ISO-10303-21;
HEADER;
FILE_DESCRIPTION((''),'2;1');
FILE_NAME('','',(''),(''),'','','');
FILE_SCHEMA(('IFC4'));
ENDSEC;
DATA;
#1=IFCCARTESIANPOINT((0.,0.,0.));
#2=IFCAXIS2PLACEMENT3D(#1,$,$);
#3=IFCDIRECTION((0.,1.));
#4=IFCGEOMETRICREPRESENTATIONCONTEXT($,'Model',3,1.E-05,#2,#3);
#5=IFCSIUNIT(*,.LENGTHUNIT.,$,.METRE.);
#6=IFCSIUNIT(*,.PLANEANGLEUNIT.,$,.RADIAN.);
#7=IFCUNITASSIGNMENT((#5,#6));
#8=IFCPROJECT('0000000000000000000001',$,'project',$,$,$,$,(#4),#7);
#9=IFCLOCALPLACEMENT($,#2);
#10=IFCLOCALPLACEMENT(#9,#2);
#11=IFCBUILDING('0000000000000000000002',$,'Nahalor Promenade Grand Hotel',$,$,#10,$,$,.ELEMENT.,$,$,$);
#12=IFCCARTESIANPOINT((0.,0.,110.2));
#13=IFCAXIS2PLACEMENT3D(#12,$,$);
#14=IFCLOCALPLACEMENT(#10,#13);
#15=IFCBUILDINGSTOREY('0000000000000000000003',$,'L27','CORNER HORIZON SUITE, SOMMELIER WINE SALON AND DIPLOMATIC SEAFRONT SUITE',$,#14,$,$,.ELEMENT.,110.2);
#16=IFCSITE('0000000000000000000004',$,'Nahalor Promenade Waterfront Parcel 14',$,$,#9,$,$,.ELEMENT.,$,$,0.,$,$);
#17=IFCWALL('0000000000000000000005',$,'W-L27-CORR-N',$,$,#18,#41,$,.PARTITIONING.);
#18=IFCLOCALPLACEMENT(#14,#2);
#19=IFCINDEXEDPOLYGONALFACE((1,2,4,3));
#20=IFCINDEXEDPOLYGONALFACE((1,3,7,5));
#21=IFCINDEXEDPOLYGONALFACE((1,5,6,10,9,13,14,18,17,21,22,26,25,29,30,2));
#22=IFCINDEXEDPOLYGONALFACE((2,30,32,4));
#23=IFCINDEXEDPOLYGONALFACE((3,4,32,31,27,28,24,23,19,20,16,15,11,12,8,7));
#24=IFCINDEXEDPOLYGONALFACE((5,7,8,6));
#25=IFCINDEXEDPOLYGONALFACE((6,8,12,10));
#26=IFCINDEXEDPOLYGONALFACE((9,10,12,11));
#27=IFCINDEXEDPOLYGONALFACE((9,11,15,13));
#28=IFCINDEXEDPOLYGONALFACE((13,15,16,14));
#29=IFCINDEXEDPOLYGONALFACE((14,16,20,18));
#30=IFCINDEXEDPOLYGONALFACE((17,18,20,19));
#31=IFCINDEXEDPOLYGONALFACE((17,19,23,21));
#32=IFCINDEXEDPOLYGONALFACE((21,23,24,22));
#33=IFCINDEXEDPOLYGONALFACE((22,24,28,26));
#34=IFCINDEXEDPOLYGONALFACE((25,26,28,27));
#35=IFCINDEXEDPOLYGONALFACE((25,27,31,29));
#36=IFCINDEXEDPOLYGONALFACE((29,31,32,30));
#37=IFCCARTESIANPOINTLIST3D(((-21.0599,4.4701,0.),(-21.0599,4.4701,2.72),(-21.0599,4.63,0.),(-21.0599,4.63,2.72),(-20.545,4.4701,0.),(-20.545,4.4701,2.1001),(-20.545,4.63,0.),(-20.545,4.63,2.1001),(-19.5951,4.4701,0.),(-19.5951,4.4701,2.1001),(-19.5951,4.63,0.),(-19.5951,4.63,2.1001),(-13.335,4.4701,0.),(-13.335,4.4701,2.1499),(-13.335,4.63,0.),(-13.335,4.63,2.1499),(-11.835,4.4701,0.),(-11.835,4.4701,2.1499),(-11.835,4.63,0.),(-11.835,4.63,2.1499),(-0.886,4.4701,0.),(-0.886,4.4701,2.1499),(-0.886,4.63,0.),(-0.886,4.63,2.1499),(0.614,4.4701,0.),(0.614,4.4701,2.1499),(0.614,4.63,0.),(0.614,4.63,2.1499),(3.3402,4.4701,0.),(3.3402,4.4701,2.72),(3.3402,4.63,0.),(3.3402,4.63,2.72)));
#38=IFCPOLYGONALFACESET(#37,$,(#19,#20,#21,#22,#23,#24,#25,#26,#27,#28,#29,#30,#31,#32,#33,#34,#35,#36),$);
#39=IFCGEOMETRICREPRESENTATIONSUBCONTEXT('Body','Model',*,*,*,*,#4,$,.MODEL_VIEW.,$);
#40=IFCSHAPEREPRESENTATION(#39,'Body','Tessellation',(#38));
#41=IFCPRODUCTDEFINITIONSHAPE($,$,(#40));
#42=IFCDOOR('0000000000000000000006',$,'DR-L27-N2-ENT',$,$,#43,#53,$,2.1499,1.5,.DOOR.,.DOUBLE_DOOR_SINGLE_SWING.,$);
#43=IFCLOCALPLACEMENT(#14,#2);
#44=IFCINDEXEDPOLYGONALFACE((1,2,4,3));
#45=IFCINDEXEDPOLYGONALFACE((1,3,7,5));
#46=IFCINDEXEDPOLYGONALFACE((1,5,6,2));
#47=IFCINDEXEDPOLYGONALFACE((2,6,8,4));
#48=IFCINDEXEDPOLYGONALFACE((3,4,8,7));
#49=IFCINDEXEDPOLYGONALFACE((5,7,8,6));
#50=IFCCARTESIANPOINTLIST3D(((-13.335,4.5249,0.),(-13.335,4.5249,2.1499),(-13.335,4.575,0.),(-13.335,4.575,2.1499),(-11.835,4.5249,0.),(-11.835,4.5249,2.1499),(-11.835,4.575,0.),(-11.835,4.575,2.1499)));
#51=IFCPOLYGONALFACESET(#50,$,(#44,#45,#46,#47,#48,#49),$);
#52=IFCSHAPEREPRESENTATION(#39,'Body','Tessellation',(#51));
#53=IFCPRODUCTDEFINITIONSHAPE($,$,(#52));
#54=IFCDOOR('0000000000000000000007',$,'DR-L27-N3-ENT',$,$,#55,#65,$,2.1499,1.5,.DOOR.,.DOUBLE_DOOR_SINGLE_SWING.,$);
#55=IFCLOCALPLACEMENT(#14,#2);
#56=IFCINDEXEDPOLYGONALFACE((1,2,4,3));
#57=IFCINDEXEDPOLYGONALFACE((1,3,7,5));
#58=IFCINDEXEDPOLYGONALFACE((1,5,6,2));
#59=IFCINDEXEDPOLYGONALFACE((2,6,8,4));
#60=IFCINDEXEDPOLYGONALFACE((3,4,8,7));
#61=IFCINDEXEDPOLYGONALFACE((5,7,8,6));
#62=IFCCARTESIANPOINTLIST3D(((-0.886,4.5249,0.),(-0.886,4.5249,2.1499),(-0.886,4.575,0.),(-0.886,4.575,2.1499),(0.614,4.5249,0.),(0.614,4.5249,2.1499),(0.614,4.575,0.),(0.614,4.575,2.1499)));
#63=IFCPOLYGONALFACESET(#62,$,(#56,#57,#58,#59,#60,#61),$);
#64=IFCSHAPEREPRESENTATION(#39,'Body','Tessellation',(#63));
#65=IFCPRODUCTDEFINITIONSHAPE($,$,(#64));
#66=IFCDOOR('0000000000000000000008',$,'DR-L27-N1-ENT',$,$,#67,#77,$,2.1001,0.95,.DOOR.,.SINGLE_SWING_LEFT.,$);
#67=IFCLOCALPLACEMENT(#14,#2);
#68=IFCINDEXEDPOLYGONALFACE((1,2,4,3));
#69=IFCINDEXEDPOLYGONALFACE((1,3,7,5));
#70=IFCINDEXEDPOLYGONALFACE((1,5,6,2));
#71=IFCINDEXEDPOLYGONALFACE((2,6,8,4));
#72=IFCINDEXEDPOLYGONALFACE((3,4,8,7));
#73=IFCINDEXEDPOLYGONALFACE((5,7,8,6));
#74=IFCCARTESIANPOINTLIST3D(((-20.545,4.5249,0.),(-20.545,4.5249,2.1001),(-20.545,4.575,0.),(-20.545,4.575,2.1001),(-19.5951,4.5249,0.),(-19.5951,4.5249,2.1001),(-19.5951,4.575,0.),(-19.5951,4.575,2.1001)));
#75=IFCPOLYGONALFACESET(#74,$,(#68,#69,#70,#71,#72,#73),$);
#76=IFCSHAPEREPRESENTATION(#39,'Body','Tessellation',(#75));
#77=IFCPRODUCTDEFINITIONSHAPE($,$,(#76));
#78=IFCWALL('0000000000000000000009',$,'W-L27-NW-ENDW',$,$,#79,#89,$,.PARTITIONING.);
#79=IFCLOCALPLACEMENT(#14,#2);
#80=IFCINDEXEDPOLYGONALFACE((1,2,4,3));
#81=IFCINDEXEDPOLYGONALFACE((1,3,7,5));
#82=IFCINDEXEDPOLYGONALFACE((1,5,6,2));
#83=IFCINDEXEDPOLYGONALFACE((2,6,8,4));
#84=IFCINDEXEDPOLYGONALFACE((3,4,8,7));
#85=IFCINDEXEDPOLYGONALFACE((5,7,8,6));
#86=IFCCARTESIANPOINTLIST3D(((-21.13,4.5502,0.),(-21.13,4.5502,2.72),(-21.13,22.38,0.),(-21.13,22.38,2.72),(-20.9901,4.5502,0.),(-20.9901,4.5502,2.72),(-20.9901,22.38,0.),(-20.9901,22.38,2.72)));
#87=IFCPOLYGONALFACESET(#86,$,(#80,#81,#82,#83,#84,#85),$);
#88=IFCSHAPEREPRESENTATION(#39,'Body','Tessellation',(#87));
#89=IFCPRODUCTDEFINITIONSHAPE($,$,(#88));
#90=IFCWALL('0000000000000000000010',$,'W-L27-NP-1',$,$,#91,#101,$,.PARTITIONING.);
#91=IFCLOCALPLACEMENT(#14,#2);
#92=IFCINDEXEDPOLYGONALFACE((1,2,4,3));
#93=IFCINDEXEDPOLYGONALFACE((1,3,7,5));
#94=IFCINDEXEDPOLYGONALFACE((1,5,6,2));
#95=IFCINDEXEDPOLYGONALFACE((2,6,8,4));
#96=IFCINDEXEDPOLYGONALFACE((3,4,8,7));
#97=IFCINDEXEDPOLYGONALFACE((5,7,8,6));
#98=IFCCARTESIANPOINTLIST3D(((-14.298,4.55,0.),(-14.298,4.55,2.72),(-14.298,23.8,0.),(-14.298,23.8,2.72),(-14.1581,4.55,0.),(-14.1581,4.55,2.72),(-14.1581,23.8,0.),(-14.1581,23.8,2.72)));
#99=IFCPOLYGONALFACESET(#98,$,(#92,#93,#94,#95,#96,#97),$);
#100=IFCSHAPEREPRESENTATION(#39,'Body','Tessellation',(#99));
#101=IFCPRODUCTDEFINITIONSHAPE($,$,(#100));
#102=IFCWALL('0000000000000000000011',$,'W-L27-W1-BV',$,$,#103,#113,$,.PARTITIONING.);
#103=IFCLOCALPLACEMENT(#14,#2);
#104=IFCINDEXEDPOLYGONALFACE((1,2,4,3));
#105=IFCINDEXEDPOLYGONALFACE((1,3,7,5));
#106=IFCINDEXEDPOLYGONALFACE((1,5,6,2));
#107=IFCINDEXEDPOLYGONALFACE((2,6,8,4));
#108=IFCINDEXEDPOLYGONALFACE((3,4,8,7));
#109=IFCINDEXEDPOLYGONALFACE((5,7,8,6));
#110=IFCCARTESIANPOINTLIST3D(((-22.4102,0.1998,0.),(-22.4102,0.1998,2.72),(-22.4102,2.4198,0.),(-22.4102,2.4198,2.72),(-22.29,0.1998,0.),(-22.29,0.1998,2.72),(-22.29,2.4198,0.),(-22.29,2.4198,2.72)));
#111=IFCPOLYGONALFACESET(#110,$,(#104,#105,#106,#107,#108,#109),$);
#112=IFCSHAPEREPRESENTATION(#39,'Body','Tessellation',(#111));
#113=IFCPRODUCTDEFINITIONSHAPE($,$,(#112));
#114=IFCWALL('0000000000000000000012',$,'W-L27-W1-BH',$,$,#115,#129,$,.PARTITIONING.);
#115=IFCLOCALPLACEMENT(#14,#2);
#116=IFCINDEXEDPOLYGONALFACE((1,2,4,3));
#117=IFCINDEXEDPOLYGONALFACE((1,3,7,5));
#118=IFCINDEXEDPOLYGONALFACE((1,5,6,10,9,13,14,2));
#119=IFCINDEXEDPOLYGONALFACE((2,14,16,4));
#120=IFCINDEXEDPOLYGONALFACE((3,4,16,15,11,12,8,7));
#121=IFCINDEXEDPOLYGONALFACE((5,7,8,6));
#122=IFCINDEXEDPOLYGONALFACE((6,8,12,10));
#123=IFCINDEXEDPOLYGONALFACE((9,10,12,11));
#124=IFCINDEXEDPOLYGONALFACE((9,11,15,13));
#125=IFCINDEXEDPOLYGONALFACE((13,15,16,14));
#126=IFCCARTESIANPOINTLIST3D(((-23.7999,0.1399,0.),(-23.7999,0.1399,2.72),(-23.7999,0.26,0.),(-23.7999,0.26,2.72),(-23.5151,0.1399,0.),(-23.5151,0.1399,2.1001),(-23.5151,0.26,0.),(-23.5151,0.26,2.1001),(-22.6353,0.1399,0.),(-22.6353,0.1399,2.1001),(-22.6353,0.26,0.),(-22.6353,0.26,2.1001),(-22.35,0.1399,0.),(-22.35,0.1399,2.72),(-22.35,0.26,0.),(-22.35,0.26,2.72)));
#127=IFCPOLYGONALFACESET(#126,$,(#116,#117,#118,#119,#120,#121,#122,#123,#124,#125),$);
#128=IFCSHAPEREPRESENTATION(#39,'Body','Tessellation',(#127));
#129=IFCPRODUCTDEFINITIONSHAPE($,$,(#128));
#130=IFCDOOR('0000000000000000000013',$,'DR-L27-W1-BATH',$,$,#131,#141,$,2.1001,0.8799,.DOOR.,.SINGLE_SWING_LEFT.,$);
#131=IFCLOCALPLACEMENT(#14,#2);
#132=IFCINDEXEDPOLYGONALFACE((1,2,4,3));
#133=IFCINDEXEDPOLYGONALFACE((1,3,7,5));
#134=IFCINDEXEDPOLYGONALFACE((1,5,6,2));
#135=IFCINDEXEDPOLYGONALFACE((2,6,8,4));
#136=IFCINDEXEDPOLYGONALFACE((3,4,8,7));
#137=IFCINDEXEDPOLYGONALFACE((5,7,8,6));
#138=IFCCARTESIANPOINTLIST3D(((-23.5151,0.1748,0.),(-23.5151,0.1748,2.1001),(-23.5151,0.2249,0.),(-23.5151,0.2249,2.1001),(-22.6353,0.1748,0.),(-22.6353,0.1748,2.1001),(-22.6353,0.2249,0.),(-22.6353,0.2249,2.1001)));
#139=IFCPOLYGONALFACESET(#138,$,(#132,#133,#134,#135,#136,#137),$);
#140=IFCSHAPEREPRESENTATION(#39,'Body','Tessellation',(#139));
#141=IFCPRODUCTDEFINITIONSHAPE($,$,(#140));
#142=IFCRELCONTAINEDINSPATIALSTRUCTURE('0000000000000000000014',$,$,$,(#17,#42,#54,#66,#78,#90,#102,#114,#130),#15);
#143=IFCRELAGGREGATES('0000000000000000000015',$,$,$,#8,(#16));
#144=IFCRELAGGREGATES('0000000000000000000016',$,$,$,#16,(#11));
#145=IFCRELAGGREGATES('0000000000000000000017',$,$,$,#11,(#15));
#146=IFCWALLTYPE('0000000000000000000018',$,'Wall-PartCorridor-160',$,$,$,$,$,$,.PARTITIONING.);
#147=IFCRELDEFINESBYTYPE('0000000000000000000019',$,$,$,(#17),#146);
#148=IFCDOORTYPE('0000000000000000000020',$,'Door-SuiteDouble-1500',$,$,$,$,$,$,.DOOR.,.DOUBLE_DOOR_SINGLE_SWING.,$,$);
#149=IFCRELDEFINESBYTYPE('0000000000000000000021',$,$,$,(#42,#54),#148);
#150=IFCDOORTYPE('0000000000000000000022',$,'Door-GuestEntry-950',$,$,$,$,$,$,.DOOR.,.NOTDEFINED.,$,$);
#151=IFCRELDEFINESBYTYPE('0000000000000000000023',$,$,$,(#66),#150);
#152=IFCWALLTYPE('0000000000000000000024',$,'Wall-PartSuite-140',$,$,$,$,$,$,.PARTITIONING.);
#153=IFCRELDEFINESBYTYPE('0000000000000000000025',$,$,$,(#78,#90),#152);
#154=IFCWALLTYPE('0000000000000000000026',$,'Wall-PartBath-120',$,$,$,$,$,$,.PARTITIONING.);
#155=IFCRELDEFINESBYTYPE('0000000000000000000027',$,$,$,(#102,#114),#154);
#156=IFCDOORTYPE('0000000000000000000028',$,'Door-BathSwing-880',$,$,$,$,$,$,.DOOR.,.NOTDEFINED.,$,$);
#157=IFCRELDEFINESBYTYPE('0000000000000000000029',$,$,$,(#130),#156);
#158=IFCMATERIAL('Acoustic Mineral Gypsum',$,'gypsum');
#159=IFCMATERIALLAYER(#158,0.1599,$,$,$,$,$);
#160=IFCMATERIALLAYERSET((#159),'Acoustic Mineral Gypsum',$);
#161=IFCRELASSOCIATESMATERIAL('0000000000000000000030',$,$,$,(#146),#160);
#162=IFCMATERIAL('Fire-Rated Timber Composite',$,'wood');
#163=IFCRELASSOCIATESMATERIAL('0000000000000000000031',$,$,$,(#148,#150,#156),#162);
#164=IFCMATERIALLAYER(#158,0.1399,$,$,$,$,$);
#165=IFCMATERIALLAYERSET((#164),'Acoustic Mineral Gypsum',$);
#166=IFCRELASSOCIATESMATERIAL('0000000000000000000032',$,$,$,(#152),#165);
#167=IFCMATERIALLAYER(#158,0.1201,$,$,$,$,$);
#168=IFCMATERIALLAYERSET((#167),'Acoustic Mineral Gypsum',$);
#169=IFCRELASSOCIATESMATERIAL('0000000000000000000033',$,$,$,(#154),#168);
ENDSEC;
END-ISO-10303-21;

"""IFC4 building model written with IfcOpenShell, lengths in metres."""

from ifc_helpers import new_model, si_unit, direction, frame, frame_2d, origin, place, context, subcontext, project, spatial, rectangle, extrude, source, transform, mapped, material, layer, layer_set, type_object, element, fill, save


model = new_model("IFC4")

# Units and contexts
model_context = context("Model", 3, precision=1e-05, world=origin(), true_north=direction((0.0, 1.0)))
body_context = subcontext(model_context, "Body", "Model", "MODEL_VIEW")
ifc_project = project(units=[si_unit("LENGTHUNIT", "METRE"), si_unit("PLANEANGLEUNIT", "RADIAN")], contexts=[model_context])

# Site, building, storey
site_placement = place(None, origin())
site = spatial("IfcSite", under=ifc_project, at=site_placement, Name="Nahalor Promenade Waterfront Parcel 14", CompositionType="ELEMENT", RefElevation=0.0)
building_placement = place(site_placement, origin())
building = spatial("IfcBuilding", under=site, at=building_placement, Name="Nahalor Promenade Grand Hotel", CompositionType="ELEMENT")
storey_placement = place(building_placement, frame((0.0, 0.0, 110.2)))
storey = spatial("IfcBuildingStorey", under=building, at=storey_placement, Name="L27", Description="CORNER HORIZON SUITE, SOMMELIER WINE SALON AND DIPLOMATIC SEAFRONT SUITE", CompositionType="ELEMENT", Elevation=110.2)

# Wall, openings, doors
ifc_material_1 = material(Name="Acoustic Mineral Gypsum", Category="gypsum")
ifc_layer_1 = layer(ifc_material_1, 0.1599)
ifc_layer_set_1 = layer_set([ifc_layer_1], Name="Acoustic Mineral Gypsum")
wall_type_1 = type_object("IfcWallType", Name="Wall-PartCorridor-160", PredefinedType="PARTITIONING", material=ifc_layer_set_1)
shared_shape_1 = source(origin(), body_context, "Body", "SweptSolid", [
    extrude(rectangle(XDim=24.4001, YDim=0.1599, at=frame_2d((12.2002, 0.0))), origin(), (0.0, 0.0, 1.0), 2.72),
])
wall_1_placement = place(storey_placement, frame((-21.0601, 4.55, 0.0), z_axis=(0.0, 0.0, 1.0), x_axis=(1.0, 0.0, 0.0)))
wall_1 = element("IfcWall", 1, at=wall_1_placement, inside=storey, type_object=wall_type_1, Name="W-L27-CORR-N", PredefinedType="PARTITIONING", context=body_context, shape_type="MappedRepresentation", body=[
    mapped(shared_shape_1, transform((0.0, 0.0, 0.0), scale=1.0)),
])
opening_1_placement = place(wall_1_placement, frame((0.5149, 0.0, 0.0)))
opening_1 = element("IfcOpeningElement", 2, at=opening_1_placement, cuts=wall_1, PredefinedType="OPENING", context=body_context, shape_type="SweptSolid", body=[
    extrude(rectangle(XDim=0.95, YDim=2.1001, at=frame_2d((0.4751, 1.05))), frame((0.0, 0.0898, 0.0), z_axis=(0.0, -1.0, 0.0), x_axis=(1.0, 0.0, 0.0)), (0.0, 0.0, 1.0), 0.1799),
])
opening_2_placement = place(wall_1_placement, frame((7.7251, 0.0, 0.0)))
opening_2 = element("IfcOpeningElement", 3, at=opening_2_placement, cuts=wall_1, PredefinedType="OPENING", context=body_context, shape_type="SweptSolid", body=[
    extrude(rectangle(XDim=1.5, YDim=2.1499, at=frame_2d((0.75, 1.075))), frame((0.0, 0.0898, 0.0), z_axis=(0.0, -1.0, 0.0), x_axis=(1.0, 0.0, 0.0)), (0.0, 0.0, 1.0), 0.1799),
])
opening_3_placement = place(wall_1_placement, frame((20.1741, 0.0, 0.0)))
opening_3 = element("IfcOpeningElement", 4, at=opening_3_placement, cuts=wall_1, PredefinedType="OPENING", context=body_context, shape_type="SweptSolid", body=[
    extrude(rectangle(XDim=1.5, YDim=2.1499, at=frame_2d((0.75, 1.075))), frame((0.0, 0.0898, 0.0), z_axis=(0.0, -1.0, 0.0), x_axis=(1.0, 0.0, 0.0)), (0.0, 0.0, 1.0), 0.1799),
])
ifc_material_2 = material(Name="Fire-Rated Timber Composite", Category="wood")
door_type_1 = type_object("IfcDoorType", Name="Door-SuiteDouble-1500", OperationType="DOUBLE_DOOR_SINGLE_SWING", PredefinedType="DOOR", material=ifc_material_2)
shared_shape_2 = source(origin(), body_context, "Body", "SweptSolid", [
    extrude(rectangle(XDim=1.5, YDim=2.1499, at=frame_2d((0.75, 1.075))), frame((0.0, 0.0249, 0.0), z_axis=(0.0, -1.0, 0.0), x_axis=(1.0, 0.0, 0.0)), (0.0, 0.0, 1.0), 0.05),
])
door_1_placement = place(opening_2_placement, origin())
door_1 = element("IfcDoor", 5, at=door_1_placement, inside=storey, type_object=door_type_1, Name="DR-L27-N2-ENT", OperationType="DOUBLE_DOOR_SINGLE_SWING", OverallHeight=2.1499, OverallWidth=1.5, PredefinedType="DOOR", context=body_context, shape_type="MappedRepresentation", body=[
    mapped(shared_shape_2, transform((0.0, 0.0, 0.0), scale=1.0)),
])
fill(opening_2, door_1)
door_2_placement = place(opening_3_placement, origin())
door_2 = element("IfcDoor", 6, at=door_2_placement, inside=storey, type_object=door_type_1, Name="DR-L27-N3-ENT", OperationType="DOUBLE_DOOR_SINGLE_SWING", OverallHeight=2.1499, OverallWidth=1.5, PredefinedType="DOOR", context=body_context, shape_type="MappedRepresentation", body=[
    mapped(shared_shape_2, transform((0.0, 0.0, 0.0), scale=1.0)),
])
fill(opening_3, door_2)
door_type_2 = type_object("IfcDoorType", Name="Door-GuestEntry-950", OperationType="NOTDEFINED", PredefinedType="DOOR", material=ifc_material_2)
shared_shape_3 = source(origin(), body_context, "Body", "SweptSolid", [
    extrude(rectangle(XDim=0.95, YDim=2.1001, at=frame_2d((0.4751, 1.05))), frame((0.0, 0.0249, 0.0), z_axis=(0.0, -1.0, 0.0), x_axis=(1.0, 0.0, 0.0)), (0.0, 0.0, 1.0), 0.05),
])
door_3_placement = place(opening_1_placement, origin())
door_3 = element("IfcDoor", 7, at=door_3_placement, inside=storey, type_object=door_type_2, Name="DR-L27-N1-ENT", OperationType="SINGLE_SWING_LEFT", OverallHeight=2.1001, OverallWidth=0.95, PredefinedType="DOOR", context=body_context, shape_type="MappedRepresentation", body=[
    mapped(shared_shape_3, transform((0.0, 0.0, 0.0), scale=1.0)),
])
fill(opening_1, door_3)

# Walls
ifc_layer_2 = layer(ifc_material_1, 0.1399)
ifc_layer_set_2 = layer_set([ifc_layer_2], Name="Acoustic Mineral Gypsum")
wall_type_2 = type_object("IfcWallType", Name="Wall-PartSuite-140", PredefinedType="PARTITIONING", material=ifc_layer_set_2)
shared_shape_4 = source(origin(), body_context, "Body", "SweptSolid", [
    extrude(rectangle(XDim=17.8298, YDim=0.1399, at=frame_2d((8.915, 0.0))), origin(), (0.0, 0.0, 1.0), 2.72),
])
wall_2_placement = place(storey_placement, frame((-21.0601, 4.55, 0.0), z_axis=(0.0, 0.0, 1.0), x_axis=(0.0, 1.0, 0.0)))
element("IfcWall", 8, at=wall_2_placement, inside=storey, type_object=wall_type_2, Name="W-L27-NW-ENDW", PredefinedType="PARTITIONING", context=body_context, shape_type="MappedRepresentation", body=[
    mapped(shared_shape_4, transform((0.0, 0.0, 0.0), scale=1.0)),
])
shared_shape_5 = source(origin(), body_context, "Body", "SweptSolid", [
    extrude(rectangle(XDim=19.25, YDim=0.1399, at=frame_2d((9.625, 0.0))), origin(), (0.0, 0.0, 1.0), 2.72),
])
wall_3_placement = place(storey_placement, frame((-14.228, 4.55, 0.0), z_axis=(0.0, 0.0, 1.0), x_axis=(0.0, 1.0, 0.0)))
element("IfcWall", 9, at=wall_3_placement, inside=storey, type_object=wall_type_2, Name="W-L27-NP-1", PredefinedType="PARTITIONING", context=body_context, shape_type="MappedRepresentation", body=[
    mapped(shared_shape_5, transform((0.0, 0.0, 0.0), scale=1.0)),
])
ifc_layer_3 = layer(ifc_material_1, 0.1201)
ifc_layer_set_3 = layer_set([ifc_layer_3], Name="Acoustic Mineral Gypsum")
wall_type_3 = type_object("IfcWallType", Name="Wall-PartBath-120", PredefinedType="PARTITIONING", material=ifc_layer_set_3)
shared_shape_6 = source(origin(), body_context, "Body", "SweptSolid", [
    extrude(rectangle(XDim=2.22, YDim=0.1201, at=frame_2d((1.1099, 0.0))), origin(), (0.0, 0.0, 1.0), 2.72),
])
wall_4_placement = place(storey_placement, frame((-22.3501, 0.2, 0.0), z_axis=(0.0, 0.0, 1.0), x_axis=(0.0, 1.0, 0.0)))
element("IfcWall", 10, at=wall_4_placement, inside=storey, type_object=wall_type_3, Name="W-L27-W1-BV", PredefinedType="PARTITIONING", context=body_context, shape_type="MappedRepresentation", body=[
    mapped(shared_shape_6, transform((0.0, 0.0, 0.0), scale=1.0)),
])

# Wall, opening, door
shared_shape_7 = source(origin(), body_context, "Body", "SweptSolid", [
    extrude(rectangle(XDim=1.45, YDim=0.1201, at=frame_2d((0.7251, 0.0))), origin(), (0.0, 0.0, 1.0), 2.72),
])
wall_5_placement = place(storey_placement, frame((-23.8, 0.2, 0.0), z_axis=(0.0, 0.0, 1.0), x_axis=(1.0, 0.0, 0.0)))
wall_5 = element("IfcWall", 11, at=wall_5_placement, inside=storey, type_object=wall_type_3, Name="W-L27-W1-BH", PredefinedType="PARTITIONING", context=body_context, shape_type="MappedRepresentation", body=[
    mapped(shared_shape_7, transform((0.0, 0.0, 0.0), scale=1.0)),
])
opening_4_placement = place(wall_5_placement, frame((0.2849, 0.0, 0.0)))
opening_4 = element("IfcOpeningElement", 12, at=opening_4_placement, cuts=wall_5, PredefinedType="OPENING", context=body_context, shape_type="SweptSolid", body=[
    extrude(rectangle(XDim=0.8799, YDim=2.1001, at=frame_2d((0.4399, 1.05))), frame((0.0, 0.0701, 0.0), z_axis=(0.0, -1.0, 0.0), x_axis=(1.0, 0.0, 0.0)), (0.0, 0.0, 1.0), 0.1401),
])
door_type_3 = type_object("IfcDoorType", Name="Door-BathSwing-880", OperationType="NOTDEFINED", PredefinedType="DOOR", material=ifc_material_2)
shared_shape_8 = source(origin(), body_context, "Body", "SweptSolid", [
    extrude(rectangle(XDim=0.8799, YDim=2.1001, at=frame_2d((0.4399, 1.05))), frame((0.0, 0.0249, 0.0), z_axis=(0.0, -1.0, 0.0), x_axis=(1.0, 0.0, 0.0)), (0.0, 0.0, 1.0), 0.05),
])
door_4_placement = place(opening_4_placement, origin())
door_4 = element("IfcDoor", 13, at=door_4_placement, inside=storey, type_object=door_type_3, Name="DR-L27-W1-BATH", OperationType="SINGLE_SWING_LEFT", OverallHeight=2.1001, OverallWidth=0.8799, PredefinedType="DOOR", context=body_context, shape_type="MappedRepresentation", body=[
    mapped(shared_shape_8, transform((0.0, 0.0, 0.0), scale=1.0)),
])
fill(opening_4, door_4)

save(model, "model.ifc")
